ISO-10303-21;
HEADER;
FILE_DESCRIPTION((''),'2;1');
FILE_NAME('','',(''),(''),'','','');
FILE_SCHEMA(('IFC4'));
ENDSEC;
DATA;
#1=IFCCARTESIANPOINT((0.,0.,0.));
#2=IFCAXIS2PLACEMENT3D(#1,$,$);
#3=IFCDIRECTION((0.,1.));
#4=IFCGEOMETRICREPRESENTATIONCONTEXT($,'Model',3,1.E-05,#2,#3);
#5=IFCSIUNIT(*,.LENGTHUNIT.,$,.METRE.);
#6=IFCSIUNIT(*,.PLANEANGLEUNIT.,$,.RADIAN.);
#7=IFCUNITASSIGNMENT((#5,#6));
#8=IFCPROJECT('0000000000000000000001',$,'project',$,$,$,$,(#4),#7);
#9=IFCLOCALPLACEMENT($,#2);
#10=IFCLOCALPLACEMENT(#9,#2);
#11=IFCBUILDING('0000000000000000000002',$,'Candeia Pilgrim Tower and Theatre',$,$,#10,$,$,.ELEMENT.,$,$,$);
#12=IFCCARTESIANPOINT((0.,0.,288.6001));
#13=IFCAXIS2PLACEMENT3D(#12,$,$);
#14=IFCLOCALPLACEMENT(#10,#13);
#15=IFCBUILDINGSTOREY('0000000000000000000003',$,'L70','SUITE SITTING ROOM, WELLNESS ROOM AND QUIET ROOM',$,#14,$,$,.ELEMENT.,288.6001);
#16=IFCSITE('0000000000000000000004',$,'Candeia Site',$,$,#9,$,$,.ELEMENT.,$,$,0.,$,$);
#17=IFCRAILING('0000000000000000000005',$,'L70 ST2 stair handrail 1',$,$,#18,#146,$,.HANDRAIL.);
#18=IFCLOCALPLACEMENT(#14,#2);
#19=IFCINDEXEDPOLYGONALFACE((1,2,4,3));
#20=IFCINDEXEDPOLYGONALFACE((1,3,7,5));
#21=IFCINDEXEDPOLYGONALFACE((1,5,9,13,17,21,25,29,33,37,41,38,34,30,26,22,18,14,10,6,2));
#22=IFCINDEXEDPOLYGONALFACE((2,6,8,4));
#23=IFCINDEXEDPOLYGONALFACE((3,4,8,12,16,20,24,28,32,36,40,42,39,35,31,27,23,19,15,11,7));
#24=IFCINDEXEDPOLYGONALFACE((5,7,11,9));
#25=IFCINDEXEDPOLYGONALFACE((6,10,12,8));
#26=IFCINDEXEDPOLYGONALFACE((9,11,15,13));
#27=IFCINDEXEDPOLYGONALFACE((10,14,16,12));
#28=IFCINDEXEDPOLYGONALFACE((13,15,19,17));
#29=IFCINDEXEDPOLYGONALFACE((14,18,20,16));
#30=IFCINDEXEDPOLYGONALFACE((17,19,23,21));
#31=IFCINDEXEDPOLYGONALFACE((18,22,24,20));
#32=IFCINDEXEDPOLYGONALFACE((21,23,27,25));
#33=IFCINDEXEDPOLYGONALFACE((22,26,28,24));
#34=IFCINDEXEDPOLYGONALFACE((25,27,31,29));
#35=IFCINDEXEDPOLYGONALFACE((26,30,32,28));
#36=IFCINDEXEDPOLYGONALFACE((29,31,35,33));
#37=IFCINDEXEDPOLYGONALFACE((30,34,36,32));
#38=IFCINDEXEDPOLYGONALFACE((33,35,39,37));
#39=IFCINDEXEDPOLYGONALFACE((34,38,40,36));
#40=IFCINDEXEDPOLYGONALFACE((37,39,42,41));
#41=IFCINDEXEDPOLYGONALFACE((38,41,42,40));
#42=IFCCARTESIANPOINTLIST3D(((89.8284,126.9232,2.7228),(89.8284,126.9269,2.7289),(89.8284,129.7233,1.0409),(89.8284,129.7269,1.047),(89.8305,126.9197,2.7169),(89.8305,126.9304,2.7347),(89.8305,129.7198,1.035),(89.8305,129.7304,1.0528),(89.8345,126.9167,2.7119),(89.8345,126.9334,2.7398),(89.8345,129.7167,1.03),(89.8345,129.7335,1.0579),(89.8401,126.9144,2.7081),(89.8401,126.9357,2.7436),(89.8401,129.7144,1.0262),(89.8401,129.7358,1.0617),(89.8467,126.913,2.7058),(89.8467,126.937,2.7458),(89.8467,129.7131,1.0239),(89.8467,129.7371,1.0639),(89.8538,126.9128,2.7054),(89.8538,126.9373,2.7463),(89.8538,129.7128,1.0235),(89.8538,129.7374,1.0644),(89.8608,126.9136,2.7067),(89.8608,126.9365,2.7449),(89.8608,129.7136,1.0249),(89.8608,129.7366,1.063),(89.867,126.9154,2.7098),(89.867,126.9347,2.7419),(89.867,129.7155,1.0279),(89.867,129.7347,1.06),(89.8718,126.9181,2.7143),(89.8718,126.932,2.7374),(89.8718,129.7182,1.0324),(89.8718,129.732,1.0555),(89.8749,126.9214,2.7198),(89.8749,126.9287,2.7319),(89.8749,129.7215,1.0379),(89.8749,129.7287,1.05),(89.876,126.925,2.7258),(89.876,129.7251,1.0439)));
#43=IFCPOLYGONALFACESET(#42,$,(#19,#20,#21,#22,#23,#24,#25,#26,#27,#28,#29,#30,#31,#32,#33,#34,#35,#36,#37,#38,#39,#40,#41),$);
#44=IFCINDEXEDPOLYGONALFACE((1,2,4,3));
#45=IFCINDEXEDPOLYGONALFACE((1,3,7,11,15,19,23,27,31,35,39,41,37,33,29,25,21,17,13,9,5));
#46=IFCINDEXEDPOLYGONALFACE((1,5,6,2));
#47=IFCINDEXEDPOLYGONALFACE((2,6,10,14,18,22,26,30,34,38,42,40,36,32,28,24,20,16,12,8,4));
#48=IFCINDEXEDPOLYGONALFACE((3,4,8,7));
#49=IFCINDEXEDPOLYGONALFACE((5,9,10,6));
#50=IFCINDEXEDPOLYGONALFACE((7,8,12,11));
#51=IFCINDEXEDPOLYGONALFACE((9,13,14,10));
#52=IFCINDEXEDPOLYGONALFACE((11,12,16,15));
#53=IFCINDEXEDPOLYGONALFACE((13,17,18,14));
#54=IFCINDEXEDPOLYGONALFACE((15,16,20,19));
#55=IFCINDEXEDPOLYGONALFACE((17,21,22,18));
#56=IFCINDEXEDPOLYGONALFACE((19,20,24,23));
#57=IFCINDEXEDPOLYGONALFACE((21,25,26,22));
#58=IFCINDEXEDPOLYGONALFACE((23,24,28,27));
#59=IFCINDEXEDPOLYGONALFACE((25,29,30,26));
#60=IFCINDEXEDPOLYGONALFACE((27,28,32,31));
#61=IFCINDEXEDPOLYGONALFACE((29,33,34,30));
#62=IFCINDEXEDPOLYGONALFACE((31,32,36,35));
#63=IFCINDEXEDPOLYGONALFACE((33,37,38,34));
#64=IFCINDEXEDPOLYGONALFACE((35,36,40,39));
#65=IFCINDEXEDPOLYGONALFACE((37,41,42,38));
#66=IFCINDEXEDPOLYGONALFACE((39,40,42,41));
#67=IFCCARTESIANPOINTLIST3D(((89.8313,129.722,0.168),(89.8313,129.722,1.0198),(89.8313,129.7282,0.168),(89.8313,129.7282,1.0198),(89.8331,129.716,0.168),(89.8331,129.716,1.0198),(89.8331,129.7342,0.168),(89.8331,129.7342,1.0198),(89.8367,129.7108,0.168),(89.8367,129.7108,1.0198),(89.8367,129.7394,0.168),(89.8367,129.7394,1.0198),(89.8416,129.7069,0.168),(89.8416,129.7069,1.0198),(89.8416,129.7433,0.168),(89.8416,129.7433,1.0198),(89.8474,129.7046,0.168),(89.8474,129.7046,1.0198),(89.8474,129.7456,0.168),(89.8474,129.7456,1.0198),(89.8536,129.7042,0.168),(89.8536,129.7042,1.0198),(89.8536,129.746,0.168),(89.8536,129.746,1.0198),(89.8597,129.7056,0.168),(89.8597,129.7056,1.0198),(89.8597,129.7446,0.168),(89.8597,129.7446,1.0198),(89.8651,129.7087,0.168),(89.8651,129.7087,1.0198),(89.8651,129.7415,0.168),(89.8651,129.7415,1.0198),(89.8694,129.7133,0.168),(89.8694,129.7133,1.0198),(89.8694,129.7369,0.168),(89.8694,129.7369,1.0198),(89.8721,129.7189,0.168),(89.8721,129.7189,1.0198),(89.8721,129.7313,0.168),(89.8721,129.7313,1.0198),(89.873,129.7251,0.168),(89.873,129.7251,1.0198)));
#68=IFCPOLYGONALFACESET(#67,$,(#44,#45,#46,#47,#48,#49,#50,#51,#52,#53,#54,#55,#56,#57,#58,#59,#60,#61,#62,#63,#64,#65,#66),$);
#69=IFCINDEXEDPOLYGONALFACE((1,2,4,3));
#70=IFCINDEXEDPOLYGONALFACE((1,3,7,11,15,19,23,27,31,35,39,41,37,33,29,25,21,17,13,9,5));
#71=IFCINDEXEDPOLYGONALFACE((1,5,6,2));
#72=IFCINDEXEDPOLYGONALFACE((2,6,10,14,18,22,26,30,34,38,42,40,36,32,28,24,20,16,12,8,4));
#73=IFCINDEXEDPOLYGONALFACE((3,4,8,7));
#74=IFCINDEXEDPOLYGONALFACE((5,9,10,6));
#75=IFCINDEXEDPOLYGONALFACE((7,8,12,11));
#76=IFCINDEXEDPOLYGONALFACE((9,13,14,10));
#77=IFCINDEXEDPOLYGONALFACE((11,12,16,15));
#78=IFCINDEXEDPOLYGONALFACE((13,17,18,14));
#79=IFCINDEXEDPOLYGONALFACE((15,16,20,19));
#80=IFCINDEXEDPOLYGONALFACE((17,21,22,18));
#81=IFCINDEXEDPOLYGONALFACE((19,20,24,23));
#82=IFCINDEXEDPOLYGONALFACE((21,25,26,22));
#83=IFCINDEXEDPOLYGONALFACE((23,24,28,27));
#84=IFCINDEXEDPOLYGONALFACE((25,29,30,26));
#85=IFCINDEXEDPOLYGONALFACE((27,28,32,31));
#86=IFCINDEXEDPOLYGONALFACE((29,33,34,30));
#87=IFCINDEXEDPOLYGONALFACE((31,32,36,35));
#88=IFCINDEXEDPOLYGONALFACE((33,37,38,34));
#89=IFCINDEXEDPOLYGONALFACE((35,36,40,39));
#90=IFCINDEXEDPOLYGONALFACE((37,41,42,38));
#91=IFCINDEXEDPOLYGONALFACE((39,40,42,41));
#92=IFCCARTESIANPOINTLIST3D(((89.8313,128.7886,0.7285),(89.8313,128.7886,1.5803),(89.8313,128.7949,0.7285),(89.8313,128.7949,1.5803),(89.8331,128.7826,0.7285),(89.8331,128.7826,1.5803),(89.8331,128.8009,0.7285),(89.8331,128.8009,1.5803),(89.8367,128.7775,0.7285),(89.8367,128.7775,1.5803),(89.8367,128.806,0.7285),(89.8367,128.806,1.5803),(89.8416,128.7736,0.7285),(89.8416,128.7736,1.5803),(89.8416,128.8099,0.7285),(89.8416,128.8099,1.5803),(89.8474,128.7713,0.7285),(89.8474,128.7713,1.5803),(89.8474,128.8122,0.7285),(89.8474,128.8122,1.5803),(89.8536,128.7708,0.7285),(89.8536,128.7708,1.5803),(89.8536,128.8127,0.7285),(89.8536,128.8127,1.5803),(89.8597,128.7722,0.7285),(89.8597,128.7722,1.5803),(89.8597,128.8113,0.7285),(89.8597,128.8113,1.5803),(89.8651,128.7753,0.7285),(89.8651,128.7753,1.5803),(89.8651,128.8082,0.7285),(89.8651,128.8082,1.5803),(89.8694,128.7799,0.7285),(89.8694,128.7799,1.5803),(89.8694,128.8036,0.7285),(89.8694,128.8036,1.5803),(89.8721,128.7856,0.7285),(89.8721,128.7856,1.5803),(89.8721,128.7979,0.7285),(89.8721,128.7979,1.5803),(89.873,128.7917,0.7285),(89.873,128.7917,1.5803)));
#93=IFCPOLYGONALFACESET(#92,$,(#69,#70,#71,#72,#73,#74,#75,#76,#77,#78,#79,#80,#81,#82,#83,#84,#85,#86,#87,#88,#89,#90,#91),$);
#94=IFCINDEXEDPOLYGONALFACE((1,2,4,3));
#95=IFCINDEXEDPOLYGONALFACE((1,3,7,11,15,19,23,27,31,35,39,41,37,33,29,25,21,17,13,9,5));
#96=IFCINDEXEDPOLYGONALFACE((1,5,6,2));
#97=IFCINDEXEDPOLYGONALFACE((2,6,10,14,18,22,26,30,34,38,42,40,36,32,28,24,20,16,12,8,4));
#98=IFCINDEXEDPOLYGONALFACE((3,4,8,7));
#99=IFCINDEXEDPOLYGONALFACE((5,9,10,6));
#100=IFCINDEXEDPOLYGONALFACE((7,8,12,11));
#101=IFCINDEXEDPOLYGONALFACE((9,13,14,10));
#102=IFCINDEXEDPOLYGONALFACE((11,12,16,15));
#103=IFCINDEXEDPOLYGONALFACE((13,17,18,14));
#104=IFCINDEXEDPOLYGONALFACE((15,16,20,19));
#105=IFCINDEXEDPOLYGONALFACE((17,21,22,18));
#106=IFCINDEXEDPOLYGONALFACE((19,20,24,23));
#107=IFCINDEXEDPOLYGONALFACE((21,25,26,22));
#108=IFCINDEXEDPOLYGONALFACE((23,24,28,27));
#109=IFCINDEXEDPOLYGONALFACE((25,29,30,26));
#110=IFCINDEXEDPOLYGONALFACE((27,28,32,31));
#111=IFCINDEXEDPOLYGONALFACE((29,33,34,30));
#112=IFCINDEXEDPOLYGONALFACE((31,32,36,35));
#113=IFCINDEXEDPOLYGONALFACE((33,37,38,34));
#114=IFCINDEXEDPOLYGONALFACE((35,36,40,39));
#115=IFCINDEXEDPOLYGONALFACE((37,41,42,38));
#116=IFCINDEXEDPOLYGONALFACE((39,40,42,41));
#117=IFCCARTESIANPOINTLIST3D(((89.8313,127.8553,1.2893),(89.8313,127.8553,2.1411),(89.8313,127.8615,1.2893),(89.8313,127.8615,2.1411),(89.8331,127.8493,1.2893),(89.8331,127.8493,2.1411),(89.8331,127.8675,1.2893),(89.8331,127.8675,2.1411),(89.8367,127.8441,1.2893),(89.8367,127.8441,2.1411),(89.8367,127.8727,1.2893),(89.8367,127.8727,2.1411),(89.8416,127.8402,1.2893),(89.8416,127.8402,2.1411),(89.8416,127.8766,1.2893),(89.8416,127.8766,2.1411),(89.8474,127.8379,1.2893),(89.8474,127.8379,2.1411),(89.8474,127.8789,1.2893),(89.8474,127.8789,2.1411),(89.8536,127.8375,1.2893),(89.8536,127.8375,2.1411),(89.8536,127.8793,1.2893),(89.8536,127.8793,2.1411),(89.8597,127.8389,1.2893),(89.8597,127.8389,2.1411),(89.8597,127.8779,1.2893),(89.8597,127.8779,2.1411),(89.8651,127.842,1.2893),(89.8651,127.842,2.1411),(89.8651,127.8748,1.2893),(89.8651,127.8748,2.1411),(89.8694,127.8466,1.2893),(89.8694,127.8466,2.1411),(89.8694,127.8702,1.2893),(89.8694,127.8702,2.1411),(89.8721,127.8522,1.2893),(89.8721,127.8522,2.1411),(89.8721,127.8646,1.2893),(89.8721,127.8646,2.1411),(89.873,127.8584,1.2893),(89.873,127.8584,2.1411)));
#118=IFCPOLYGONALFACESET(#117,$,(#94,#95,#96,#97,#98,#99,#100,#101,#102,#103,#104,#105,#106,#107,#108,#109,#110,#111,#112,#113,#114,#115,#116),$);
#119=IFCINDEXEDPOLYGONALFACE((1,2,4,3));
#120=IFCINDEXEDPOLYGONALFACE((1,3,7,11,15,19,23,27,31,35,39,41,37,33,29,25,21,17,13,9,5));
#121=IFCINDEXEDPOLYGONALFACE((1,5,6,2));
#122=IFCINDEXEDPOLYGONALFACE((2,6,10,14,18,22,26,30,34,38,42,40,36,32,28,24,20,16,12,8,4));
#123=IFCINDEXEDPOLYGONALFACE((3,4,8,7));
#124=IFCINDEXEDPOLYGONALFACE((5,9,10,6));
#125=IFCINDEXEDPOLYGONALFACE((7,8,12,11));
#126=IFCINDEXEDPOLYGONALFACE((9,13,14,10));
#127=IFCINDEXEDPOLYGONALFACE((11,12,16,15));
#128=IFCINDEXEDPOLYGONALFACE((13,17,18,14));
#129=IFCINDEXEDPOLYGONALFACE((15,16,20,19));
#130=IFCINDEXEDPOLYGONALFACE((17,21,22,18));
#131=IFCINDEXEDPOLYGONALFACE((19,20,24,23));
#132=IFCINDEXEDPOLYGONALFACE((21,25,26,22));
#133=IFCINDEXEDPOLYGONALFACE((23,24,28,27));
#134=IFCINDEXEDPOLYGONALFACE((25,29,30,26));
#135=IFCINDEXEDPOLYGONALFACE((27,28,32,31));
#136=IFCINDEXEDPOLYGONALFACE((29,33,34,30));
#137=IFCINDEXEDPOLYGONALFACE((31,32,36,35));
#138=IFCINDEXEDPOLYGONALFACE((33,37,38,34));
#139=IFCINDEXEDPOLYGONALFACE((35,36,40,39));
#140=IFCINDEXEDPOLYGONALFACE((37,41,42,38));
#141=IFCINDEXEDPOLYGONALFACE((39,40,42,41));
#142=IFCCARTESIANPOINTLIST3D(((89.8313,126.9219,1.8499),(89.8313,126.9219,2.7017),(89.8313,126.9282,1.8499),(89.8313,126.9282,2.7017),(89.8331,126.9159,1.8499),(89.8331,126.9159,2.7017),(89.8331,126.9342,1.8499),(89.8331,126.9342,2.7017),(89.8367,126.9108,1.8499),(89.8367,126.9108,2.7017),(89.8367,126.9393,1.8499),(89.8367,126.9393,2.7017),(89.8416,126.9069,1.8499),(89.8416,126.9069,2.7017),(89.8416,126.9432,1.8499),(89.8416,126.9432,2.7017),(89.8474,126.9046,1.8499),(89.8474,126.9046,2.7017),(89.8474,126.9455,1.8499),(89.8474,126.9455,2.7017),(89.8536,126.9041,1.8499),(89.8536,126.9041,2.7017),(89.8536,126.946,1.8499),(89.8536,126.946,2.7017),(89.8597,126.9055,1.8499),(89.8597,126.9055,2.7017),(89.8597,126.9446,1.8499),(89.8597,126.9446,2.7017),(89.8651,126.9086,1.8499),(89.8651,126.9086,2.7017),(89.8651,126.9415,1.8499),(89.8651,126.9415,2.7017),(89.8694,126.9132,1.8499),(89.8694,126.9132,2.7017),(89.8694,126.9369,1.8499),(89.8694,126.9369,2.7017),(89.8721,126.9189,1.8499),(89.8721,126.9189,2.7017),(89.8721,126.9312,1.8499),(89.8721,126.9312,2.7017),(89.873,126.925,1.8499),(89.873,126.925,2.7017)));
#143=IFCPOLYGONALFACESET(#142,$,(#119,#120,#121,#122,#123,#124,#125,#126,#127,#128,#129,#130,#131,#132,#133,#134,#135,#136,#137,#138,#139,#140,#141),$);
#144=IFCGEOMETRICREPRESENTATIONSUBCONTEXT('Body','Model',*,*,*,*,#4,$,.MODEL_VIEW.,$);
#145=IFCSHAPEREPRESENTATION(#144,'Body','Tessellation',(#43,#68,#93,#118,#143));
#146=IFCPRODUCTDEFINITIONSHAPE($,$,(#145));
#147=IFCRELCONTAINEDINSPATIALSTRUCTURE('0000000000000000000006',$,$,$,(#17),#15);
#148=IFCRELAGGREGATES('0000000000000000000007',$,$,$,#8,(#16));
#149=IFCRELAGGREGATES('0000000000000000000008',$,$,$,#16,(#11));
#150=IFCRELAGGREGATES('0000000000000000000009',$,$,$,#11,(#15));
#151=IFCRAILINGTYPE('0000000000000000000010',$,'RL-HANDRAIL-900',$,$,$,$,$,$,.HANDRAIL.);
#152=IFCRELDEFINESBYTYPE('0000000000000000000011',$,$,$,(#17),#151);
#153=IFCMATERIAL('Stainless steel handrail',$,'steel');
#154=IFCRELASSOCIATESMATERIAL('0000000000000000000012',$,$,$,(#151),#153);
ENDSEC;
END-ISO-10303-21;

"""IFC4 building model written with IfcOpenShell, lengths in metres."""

from ifc_helpers import new_model, si_unit, direction, frame, origin, origin_2d, place, context, subcontext, project, spatial, circle, extrude, material, type_object, element, save


model = new_model("IFC4")

# Units and contexts
model_context = context("Model", 3, precision=1e-05, world=origin(), true_north=direction((0.0, 1.0)))
body_context = subcontext(model_context, "Body", "Model", "MODEL_VIEW")
ifc_project = project(units=[si_unit("LENGTHUNIT", "METRE"), si_unit("PLANEANGLEUNIT", "RADIAN")], contexts=[model_context])

# Site, building, storey
site_placement = place(None, origin())
site = spatial("IfcSite", under=ifc_project, at=site_placement, Name="Candeia Site", CompositionType="ELEMENT", RefElevation=0.0)
building_placement = place(site_placement, origin())
building = spatial("IfcBuilding", under=site, at=building_placement, Name="Candeia Pilgrim Tower and Theatre", CompositionType="ELEMENT")
storey_placement = place(building_placement, frame((0.0, 0.0, 288.6001)))
storey = spatial("IfcBuildingStorey", under=building, at=storey_placement, Name="L70", Description="SUITE SITTING ROOM, WELLNESS ROOM AND QUIET ROOM", CompositionType="ELEMENT", Elevation=288.6001)

# Railing
ifc_material_1 = material(Name="Stainless steel handrail", Category="steel")
railing_type_1 = type_object("IfcRailingType", Name="RL-HANDRAIL-900", PredefinedType="HANDRAIL", material=ifc_material_1)
railing_1_placement = place(storey_placement, frame((89.8521, 129.7251, 0.168)))
element("IfcRailing", 1, at=railing_1_placement, inside=storey, type_object=railing_type_1, Name="L70 ST2 stair handrail 1", PredefinedType="HANDRAIL", context=body_context, shape_type="SweptSolid", body=[
    extrude(circle(Radius=0.0239, at=origin_2d()), frame((0.0, 0.0, 0.876), z_axis=(0.0, -0.857242, 0.514913), x_axis=(1.0, 0.0, 0.0)), (0.0, 0.0, 1.0), 3.2664),
    extrude(circle(Radius=0.021, at=origin_2d()), origin(), (0.0, 0.0, 1.0), 0.8518),
    extrude(circle(Radius=0.021, at=origin_2d()), frame((0.0, -0.9333, 0.5605)), (0.0, 0.0, 1.0), 0.8518),
    extrude(circle(Radius=0.021, at=origin_2d()), frame((0.0, -1.8667, 1.1213)), (0.0, 0.0, 1.0), 0.8518),
    extrude(circle(Radius=0.021, at=origin_2d()), frame((0.0, -2.8, 1.6819)), (0.0, 0.0, 1.0), 0.8518),
])

save(model, "model.ifc")
